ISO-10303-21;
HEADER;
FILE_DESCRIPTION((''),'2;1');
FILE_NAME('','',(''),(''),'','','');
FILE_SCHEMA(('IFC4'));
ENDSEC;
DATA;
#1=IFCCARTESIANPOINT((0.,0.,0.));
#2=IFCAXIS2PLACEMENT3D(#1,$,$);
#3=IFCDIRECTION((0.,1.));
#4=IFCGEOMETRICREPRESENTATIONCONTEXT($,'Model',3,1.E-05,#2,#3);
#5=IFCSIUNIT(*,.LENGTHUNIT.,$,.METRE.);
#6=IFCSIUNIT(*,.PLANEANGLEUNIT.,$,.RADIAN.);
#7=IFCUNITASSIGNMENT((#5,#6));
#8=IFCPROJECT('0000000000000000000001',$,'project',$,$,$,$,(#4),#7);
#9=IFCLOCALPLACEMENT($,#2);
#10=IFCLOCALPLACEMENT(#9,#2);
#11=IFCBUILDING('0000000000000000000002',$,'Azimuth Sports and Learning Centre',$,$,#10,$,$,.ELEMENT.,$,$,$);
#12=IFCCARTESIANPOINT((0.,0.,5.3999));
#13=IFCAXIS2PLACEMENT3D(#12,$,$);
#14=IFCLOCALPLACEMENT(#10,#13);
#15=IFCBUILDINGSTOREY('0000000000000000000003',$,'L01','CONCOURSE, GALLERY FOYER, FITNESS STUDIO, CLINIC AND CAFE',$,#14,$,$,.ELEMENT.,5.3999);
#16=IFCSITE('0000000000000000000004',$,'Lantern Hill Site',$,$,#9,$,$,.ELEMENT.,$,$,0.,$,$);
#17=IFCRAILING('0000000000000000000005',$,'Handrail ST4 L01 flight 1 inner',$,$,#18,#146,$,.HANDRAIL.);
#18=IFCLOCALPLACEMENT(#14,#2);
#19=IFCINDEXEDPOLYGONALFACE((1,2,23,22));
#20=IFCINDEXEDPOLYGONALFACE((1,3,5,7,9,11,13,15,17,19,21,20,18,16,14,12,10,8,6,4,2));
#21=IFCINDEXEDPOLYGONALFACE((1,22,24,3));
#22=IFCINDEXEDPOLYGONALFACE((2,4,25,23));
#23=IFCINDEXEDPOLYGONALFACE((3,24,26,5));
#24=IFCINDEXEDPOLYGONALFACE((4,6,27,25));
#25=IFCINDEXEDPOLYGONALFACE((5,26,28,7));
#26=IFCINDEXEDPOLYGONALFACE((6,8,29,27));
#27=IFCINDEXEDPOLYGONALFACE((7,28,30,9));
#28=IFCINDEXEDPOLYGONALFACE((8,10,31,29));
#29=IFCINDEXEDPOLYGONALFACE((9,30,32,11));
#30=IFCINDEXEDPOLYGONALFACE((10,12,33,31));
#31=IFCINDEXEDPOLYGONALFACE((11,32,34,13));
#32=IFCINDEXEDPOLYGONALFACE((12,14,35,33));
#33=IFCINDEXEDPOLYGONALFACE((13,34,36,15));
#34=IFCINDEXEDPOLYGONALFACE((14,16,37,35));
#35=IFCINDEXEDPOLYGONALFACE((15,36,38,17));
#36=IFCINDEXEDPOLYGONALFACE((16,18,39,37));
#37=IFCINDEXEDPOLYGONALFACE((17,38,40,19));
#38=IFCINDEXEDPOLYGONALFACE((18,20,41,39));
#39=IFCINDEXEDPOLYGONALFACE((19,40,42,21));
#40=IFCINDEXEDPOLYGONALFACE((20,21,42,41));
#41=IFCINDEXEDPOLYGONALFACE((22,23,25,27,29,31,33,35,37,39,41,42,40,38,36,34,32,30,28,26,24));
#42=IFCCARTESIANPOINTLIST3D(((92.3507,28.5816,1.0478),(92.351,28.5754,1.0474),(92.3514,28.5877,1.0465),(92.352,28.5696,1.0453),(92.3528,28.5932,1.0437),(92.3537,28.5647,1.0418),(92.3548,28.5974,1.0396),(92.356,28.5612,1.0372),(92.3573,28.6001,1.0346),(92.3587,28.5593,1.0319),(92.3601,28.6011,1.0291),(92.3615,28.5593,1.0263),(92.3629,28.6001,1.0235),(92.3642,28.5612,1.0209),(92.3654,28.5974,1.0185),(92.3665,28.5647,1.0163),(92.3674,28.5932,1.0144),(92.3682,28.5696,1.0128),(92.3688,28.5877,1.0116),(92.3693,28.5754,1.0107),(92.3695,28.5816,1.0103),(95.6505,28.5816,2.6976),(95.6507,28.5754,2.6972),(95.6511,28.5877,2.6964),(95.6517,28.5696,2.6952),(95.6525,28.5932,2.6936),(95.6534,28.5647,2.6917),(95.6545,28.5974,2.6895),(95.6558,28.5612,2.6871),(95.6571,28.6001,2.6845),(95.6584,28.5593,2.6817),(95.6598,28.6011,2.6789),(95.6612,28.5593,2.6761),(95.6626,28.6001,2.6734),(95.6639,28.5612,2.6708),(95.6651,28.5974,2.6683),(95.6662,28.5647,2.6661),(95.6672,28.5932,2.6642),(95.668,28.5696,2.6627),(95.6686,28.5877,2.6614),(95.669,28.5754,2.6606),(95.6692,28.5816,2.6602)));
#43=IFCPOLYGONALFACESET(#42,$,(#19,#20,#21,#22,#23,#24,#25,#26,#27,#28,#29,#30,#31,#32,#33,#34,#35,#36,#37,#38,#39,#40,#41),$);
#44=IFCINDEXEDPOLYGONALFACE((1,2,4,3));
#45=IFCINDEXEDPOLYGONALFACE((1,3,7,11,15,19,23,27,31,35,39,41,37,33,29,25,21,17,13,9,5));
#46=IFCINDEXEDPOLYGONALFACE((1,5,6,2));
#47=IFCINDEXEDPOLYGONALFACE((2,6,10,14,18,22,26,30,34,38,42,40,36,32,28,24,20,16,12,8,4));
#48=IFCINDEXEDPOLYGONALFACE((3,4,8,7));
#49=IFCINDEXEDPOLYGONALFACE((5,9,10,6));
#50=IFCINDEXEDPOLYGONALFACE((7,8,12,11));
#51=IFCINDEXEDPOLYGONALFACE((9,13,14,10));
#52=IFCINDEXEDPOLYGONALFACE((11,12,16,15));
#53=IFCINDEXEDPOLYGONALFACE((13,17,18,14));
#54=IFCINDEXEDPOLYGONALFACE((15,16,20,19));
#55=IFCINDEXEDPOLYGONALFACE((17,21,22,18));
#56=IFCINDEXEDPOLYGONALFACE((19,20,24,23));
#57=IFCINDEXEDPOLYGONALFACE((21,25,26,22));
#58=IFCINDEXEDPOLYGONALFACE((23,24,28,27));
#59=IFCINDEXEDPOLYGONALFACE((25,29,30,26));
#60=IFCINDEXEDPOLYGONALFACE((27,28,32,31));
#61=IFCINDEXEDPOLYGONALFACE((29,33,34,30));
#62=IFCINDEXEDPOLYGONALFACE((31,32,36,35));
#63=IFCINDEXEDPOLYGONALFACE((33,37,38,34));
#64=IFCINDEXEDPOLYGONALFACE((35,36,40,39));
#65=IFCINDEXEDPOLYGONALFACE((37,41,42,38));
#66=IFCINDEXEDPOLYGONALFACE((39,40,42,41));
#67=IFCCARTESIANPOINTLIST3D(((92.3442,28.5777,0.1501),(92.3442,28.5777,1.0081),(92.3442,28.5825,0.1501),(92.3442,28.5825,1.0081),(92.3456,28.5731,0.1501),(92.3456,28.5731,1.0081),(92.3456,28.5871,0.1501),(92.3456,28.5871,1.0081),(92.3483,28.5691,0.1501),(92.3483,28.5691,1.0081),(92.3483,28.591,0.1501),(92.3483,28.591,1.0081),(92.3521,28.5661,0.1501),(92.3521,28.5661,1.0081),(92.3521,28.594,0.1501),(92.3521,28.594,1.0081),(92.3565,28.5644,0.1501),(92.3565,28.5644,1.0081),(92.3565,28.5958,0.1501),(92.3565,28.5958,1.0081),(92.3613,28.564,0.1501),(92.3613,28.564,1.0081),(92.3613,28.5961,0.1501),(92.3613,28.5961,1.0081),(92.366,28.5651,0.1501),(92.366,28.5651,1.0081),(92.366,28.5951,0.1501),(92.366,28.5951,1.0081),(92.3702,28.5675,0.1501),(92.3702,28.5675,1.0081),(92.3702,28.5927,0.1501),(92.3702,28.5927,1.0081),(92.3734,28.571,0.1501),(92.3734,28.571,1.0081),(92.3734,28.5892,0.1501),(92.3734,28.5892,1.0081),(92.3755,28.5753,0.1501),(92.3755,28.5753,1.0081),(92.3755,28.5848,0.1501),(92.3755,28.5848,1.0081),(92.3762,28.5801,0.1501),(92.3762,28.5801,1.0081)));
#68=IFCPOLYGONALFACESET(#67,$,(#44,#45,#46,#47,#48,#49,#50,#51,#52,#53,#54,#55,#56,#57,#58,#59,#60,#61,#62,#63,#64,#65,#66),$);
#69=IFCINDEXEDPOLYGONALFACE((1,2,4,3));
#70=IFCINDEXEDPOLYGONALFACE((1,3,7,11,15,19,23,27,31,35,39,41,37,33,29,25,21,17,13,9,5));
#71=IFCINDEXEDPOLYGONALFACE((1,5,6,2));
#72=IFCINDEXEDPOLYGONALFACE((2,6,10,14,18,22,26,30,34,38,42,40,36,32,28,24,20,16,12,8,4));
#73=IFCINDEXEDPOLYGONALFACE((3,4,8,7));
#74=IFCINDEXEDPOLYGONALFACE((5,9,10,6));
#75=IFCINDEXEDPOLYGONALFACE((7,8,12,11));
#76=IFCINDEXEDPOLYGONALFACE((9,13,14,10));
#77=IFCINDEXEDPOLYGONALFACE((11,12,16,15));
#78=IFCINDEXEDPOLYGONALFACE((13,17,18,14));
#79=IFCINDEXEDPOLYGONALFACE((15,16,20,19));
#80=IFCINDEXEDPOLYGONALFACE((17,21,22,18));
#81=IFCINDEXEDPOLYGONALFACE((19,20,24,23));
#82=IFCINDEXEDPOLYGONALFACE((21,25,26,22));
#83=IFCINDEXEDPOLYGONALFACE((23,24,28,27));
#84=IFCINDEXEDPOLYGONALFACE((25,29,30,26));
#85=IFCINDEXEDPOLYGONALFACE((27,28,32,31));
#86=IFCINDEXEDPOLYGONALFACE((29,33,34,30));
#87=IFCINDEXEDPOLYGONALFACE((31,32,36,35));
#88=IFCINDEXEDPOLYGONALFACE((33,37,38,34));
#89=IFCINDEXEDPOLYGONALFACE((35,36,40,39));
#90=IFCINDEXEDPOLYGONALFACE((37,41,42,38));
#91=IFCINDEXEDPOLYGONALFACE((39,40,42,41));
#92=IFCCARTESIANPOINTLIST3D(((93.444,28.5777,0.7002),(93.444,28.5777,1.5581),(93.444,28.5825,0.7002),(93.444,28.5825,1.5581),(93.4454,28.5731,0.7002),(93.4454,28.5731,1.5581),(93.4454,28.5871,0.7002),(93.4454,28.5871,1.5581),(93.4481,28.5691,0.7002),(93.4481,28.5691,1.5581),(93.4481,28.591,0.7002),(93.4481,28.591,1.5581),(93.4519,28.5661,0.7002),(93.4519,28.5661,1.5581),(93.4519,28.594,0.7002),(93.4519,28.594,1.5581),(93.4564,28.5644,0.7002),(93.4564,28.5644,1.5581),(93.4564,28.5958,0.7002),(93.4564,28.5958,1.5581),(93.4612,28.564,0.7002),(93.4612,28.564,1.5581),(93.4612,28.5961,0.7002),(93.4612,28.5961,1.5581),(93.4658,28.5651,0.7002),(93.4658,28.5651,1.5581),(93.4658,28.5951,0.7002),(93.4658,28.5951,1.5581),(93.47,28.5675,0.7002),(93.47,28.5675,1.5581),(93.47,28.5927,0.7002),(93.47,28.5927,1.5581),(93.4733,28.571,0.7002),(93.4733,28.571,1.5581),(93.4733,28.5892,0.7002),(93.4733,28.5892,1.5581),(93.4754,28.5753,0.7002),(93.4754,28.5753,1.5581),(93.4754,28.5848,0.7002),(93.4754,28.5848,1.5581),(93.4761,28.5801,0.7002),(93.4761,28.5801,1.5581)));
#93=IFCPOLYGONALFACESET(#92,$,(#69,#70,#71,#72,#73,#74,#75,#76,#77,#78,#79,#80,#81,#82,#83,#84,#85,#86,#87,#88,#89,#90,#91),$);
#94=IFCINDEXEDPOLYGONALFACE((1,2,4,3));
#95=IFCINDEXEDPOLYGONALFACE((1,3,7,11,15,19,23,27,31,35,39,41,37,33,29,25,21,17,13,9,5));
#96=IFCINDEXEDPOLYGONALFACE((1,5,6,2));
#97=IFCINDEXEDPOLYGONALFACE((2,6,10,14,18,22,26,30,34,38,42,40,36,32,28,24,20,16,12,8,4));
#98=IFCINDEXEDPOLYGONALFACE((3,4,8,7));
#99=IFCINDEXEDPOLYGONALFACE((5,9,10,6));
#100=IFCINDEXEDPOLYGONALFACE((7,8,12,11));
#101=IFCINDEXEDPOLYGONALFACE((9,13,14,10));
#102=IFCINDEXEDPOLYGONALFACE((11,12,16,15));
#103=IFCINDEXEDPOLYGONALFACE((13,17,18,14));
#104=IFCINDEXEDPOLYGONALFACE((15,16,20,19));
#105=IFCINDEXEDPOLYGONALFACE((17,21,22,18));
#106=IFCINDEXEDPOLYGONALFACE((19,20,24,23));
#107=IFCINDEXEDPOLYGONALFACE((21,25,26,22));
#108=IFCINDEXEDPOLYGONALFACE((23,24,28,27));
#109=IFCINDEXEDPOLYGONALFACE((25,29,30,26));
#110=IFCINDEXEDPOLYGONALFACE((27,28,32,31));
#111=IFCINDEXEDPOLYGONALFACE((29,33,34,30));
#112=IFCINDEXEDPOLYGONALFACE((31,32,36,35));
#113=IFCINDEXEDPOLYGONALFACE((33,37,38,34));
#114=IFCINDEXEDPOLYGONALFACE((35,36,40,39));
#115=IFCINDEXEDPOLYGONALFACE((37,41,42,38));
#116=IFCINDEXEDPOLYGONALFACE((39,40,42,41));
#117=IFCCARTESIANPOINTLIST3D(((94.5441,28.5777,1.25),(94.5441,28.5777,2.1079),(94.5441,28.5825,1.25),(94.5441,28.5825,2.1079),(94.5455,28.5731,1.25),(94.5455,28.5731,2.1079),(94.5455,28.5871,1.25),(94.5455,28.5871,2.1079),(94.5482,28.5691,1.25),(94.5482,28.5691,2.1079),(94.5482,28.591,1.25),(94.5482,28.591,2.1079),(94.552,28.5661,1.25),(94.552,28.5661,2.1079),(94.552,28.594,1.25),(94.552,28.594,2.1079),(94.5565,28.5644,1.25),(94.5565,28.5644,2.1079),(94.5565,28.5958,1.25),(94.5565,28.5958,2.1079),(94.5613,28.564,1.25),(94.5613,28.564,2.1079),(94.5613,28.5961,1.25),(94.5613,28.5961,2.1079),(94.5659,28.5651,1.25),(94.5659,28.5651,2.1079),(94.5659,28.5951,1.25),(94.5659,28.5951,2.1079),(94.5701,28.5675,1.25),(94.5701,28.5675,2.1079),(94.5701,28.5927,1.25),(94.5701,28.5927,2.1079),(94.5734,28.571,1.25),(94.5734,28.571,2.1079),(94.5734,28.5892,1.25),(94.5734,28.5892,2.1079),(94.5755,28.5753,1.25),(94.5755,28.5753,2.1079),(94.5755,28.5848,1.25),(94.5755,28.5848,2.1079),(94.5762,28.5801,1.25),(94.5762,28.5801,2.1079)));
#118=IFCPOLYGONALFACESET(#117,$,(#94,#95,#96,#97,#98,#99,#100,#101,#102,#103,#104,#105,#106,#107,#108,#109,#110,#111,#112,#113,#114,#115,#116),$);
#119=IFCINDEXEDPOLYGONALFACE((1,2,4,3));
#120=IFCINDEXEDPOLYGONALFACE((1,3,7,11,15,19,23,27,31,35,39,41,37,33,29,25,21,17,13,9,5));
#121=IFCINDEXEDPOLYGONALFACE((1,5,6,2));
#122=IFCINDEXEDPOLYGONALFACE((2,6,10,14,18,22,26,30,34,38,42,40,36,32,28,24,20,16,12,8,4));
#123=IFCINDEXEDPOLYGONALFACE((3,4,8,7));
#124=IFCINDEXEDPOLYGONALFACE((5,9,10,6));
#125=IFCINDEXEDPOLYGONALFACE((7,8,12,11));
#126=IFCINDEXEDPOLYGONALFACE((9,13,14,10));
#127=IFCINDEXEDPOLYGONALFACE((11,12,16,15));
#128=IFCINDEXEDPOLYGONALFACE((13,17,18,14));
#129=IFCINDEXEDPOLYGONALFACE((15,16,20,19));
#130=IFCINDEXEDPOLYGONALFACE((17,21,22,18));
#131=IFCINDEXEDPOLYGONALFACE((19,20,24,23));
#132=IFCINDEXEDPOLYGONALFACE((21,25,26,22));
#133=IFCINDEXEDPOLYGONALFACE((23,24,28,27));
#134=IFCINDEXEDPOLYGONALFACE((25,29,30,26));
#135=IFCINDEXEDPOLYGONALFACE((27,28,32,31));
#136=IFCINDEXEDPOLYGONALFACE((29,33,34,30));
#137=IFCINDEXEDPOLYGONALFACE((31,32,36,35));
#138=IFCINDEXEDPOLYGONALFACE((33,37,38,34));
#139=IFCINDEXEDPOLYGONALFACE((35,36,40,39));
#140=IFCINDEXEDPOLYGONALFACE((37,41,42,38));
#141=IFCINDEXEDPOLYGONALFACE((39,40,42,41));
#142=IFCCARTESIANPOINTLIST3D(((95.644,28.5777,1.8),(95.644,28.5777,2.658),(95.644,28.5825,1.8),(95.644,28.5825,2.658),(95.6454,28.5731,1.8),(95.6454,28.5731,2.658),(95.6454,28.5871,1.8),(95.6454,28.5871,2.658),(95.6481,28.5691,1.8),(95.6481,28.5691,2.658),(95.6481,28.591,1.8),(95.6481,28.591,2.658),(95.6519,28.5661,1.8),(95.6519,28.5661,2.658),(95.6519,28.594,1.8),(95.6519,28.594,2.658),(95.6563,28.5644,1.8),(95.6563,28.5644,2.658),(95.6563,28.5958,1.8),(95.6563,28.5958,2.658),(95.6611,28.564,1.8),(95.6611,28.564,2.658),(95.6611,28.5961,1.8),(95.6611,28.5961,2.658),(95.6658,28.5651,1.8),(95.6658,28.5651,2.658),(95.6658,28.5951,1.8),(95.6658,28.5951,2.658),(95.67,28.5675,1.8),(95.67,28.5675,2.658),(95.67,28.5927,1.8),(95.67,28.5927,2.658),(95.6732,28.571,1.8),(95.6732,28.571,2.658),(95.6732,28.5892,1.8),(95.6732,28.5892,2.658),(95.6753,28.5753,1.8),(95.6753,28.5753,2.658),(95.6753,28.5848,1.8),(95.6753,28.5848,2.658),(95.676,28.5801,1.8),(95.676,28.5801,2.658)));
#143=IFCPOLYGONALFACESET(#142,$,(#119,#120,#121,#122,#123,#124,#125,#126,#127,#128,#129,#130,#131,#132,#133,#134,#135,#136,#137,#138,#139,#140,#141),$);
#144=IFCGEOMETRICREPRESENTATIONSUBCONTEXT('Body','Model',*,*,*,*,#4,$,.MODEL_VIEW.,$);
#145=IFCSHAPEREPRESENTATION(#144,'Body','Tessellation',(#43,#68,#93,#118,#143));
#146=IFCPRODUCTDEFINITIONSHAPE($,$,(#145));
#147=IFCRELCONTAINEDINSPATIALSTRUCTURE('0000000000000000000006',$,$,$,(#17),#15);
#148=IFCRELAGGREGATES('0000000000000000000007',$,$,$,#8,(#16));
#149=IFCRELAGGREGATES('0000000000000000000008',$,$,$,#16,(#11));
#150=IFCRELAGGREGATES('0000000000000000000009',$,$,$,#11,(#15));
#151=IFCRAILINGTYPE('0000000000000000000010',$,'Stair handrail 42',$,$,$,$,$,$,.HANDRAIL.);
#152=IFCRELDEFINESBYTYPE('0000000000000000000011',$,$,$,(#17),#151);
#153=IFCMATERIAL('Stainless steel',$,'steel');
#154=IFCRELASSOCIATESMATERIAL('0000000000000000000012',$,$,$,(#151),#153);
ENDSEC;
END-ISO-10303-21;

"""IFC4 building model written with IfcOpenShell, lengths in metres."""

from ifc_helpers import new_model, si_unit, direction, frame, origin, origin_2d, place, context, subcontext, project, spatial, circle, extrude, material, type_object, element, save


model = new_model("IFC4")

# Units and contexts
model_context = context("Model", 3, precision=1e-05, world=origin(), true_north=direction((0.0, 1.0)))
body_context = subcontext(model_context, "Body", "Model", "MODEL_VIEW")
ifc_project = project(units=[si_unit("LENGTHUNIT", "METRE"), si_unit("PLANEANGLEUNIT", "RADIAN")], contexts=[model_context])

# Site, building, storey
site_placement = place(None, origin())
site = spatial("IfcSite", under=ifc_project, at=site_placement, Name="Lantern Hill Site", CompositionType="ELEMENT", RefElevation=0.0)
building_placement = place(site_placement, origin())
building = spatial("IfcBuilding", under=site, at=building_placement, Name="Azimuth Sports and Learning Centre", CompositionType="ELEMENT")
storey_placement = place(building_placement, frame((0.0, 0.0, 5.3999)))
storey = spatial("IfcBuildingStorey", under=building, at=storey_placement, Name="L01", Description="CONCOURSE, GALLERY FOYER, FITNESS STUDIO, CLINIC AND CAFE", CompositionType="ELEMENT", Elevation=5.3999)

# Railing
ifc_material_1 = material(Name="Stainless steel", Category="steel")
railing_type_1 = type_object("IfcRailingType", Name="Stair handrail 42", PredefinedType="HANDRAIL", material=ifc_material_1)
for number, where, name in (
    (1, (92.3601, 28.5801, 0.1501), "Handrail ST4 L01 flight 1 inner"),
):
    element("IfcRailing", number, at=place(storey_placement, frame(where)), inside=storey, type_object=railing_type_1, Name=name, PredefinedType="HANDRAIL", context=body_context, shape_type="SweptSolid", body=[
        extrude(circle(Radius=0.021, at=origin_2d()), frame((0.0, 0.0, 0.8789), z_axis=(0.894427, 0.0, 0.447214), x_axis=(0.0, 1.0, 0.0)), (0.0, 0.0, 1.0), 3.6892),
        extrude(circle(Radius=0.0161, at=origin_2d()), origin(), (0.0, 0.0, 1.0), 0.8579),
        extrude(circle(Radius=0.0161, at=origin_2d()), frame((1.0999, 0.0, 0.55)), (0.0, 0.0, 1.0), 0.8579),
        extrude(circle(Radius=0.0161, at=origin_2d()), frame((2.2, 0.0, 1.0999)), (0.0, 0.0, 1.0), 0.8579),
        extrude(circle(Radius=0.0161, at=origin_2d()), frame((3.2998, 0.0, 1.6499)), (0.0, 0.0, 1.0), 0.8579),
    ])

save(model, "model.ifc")
